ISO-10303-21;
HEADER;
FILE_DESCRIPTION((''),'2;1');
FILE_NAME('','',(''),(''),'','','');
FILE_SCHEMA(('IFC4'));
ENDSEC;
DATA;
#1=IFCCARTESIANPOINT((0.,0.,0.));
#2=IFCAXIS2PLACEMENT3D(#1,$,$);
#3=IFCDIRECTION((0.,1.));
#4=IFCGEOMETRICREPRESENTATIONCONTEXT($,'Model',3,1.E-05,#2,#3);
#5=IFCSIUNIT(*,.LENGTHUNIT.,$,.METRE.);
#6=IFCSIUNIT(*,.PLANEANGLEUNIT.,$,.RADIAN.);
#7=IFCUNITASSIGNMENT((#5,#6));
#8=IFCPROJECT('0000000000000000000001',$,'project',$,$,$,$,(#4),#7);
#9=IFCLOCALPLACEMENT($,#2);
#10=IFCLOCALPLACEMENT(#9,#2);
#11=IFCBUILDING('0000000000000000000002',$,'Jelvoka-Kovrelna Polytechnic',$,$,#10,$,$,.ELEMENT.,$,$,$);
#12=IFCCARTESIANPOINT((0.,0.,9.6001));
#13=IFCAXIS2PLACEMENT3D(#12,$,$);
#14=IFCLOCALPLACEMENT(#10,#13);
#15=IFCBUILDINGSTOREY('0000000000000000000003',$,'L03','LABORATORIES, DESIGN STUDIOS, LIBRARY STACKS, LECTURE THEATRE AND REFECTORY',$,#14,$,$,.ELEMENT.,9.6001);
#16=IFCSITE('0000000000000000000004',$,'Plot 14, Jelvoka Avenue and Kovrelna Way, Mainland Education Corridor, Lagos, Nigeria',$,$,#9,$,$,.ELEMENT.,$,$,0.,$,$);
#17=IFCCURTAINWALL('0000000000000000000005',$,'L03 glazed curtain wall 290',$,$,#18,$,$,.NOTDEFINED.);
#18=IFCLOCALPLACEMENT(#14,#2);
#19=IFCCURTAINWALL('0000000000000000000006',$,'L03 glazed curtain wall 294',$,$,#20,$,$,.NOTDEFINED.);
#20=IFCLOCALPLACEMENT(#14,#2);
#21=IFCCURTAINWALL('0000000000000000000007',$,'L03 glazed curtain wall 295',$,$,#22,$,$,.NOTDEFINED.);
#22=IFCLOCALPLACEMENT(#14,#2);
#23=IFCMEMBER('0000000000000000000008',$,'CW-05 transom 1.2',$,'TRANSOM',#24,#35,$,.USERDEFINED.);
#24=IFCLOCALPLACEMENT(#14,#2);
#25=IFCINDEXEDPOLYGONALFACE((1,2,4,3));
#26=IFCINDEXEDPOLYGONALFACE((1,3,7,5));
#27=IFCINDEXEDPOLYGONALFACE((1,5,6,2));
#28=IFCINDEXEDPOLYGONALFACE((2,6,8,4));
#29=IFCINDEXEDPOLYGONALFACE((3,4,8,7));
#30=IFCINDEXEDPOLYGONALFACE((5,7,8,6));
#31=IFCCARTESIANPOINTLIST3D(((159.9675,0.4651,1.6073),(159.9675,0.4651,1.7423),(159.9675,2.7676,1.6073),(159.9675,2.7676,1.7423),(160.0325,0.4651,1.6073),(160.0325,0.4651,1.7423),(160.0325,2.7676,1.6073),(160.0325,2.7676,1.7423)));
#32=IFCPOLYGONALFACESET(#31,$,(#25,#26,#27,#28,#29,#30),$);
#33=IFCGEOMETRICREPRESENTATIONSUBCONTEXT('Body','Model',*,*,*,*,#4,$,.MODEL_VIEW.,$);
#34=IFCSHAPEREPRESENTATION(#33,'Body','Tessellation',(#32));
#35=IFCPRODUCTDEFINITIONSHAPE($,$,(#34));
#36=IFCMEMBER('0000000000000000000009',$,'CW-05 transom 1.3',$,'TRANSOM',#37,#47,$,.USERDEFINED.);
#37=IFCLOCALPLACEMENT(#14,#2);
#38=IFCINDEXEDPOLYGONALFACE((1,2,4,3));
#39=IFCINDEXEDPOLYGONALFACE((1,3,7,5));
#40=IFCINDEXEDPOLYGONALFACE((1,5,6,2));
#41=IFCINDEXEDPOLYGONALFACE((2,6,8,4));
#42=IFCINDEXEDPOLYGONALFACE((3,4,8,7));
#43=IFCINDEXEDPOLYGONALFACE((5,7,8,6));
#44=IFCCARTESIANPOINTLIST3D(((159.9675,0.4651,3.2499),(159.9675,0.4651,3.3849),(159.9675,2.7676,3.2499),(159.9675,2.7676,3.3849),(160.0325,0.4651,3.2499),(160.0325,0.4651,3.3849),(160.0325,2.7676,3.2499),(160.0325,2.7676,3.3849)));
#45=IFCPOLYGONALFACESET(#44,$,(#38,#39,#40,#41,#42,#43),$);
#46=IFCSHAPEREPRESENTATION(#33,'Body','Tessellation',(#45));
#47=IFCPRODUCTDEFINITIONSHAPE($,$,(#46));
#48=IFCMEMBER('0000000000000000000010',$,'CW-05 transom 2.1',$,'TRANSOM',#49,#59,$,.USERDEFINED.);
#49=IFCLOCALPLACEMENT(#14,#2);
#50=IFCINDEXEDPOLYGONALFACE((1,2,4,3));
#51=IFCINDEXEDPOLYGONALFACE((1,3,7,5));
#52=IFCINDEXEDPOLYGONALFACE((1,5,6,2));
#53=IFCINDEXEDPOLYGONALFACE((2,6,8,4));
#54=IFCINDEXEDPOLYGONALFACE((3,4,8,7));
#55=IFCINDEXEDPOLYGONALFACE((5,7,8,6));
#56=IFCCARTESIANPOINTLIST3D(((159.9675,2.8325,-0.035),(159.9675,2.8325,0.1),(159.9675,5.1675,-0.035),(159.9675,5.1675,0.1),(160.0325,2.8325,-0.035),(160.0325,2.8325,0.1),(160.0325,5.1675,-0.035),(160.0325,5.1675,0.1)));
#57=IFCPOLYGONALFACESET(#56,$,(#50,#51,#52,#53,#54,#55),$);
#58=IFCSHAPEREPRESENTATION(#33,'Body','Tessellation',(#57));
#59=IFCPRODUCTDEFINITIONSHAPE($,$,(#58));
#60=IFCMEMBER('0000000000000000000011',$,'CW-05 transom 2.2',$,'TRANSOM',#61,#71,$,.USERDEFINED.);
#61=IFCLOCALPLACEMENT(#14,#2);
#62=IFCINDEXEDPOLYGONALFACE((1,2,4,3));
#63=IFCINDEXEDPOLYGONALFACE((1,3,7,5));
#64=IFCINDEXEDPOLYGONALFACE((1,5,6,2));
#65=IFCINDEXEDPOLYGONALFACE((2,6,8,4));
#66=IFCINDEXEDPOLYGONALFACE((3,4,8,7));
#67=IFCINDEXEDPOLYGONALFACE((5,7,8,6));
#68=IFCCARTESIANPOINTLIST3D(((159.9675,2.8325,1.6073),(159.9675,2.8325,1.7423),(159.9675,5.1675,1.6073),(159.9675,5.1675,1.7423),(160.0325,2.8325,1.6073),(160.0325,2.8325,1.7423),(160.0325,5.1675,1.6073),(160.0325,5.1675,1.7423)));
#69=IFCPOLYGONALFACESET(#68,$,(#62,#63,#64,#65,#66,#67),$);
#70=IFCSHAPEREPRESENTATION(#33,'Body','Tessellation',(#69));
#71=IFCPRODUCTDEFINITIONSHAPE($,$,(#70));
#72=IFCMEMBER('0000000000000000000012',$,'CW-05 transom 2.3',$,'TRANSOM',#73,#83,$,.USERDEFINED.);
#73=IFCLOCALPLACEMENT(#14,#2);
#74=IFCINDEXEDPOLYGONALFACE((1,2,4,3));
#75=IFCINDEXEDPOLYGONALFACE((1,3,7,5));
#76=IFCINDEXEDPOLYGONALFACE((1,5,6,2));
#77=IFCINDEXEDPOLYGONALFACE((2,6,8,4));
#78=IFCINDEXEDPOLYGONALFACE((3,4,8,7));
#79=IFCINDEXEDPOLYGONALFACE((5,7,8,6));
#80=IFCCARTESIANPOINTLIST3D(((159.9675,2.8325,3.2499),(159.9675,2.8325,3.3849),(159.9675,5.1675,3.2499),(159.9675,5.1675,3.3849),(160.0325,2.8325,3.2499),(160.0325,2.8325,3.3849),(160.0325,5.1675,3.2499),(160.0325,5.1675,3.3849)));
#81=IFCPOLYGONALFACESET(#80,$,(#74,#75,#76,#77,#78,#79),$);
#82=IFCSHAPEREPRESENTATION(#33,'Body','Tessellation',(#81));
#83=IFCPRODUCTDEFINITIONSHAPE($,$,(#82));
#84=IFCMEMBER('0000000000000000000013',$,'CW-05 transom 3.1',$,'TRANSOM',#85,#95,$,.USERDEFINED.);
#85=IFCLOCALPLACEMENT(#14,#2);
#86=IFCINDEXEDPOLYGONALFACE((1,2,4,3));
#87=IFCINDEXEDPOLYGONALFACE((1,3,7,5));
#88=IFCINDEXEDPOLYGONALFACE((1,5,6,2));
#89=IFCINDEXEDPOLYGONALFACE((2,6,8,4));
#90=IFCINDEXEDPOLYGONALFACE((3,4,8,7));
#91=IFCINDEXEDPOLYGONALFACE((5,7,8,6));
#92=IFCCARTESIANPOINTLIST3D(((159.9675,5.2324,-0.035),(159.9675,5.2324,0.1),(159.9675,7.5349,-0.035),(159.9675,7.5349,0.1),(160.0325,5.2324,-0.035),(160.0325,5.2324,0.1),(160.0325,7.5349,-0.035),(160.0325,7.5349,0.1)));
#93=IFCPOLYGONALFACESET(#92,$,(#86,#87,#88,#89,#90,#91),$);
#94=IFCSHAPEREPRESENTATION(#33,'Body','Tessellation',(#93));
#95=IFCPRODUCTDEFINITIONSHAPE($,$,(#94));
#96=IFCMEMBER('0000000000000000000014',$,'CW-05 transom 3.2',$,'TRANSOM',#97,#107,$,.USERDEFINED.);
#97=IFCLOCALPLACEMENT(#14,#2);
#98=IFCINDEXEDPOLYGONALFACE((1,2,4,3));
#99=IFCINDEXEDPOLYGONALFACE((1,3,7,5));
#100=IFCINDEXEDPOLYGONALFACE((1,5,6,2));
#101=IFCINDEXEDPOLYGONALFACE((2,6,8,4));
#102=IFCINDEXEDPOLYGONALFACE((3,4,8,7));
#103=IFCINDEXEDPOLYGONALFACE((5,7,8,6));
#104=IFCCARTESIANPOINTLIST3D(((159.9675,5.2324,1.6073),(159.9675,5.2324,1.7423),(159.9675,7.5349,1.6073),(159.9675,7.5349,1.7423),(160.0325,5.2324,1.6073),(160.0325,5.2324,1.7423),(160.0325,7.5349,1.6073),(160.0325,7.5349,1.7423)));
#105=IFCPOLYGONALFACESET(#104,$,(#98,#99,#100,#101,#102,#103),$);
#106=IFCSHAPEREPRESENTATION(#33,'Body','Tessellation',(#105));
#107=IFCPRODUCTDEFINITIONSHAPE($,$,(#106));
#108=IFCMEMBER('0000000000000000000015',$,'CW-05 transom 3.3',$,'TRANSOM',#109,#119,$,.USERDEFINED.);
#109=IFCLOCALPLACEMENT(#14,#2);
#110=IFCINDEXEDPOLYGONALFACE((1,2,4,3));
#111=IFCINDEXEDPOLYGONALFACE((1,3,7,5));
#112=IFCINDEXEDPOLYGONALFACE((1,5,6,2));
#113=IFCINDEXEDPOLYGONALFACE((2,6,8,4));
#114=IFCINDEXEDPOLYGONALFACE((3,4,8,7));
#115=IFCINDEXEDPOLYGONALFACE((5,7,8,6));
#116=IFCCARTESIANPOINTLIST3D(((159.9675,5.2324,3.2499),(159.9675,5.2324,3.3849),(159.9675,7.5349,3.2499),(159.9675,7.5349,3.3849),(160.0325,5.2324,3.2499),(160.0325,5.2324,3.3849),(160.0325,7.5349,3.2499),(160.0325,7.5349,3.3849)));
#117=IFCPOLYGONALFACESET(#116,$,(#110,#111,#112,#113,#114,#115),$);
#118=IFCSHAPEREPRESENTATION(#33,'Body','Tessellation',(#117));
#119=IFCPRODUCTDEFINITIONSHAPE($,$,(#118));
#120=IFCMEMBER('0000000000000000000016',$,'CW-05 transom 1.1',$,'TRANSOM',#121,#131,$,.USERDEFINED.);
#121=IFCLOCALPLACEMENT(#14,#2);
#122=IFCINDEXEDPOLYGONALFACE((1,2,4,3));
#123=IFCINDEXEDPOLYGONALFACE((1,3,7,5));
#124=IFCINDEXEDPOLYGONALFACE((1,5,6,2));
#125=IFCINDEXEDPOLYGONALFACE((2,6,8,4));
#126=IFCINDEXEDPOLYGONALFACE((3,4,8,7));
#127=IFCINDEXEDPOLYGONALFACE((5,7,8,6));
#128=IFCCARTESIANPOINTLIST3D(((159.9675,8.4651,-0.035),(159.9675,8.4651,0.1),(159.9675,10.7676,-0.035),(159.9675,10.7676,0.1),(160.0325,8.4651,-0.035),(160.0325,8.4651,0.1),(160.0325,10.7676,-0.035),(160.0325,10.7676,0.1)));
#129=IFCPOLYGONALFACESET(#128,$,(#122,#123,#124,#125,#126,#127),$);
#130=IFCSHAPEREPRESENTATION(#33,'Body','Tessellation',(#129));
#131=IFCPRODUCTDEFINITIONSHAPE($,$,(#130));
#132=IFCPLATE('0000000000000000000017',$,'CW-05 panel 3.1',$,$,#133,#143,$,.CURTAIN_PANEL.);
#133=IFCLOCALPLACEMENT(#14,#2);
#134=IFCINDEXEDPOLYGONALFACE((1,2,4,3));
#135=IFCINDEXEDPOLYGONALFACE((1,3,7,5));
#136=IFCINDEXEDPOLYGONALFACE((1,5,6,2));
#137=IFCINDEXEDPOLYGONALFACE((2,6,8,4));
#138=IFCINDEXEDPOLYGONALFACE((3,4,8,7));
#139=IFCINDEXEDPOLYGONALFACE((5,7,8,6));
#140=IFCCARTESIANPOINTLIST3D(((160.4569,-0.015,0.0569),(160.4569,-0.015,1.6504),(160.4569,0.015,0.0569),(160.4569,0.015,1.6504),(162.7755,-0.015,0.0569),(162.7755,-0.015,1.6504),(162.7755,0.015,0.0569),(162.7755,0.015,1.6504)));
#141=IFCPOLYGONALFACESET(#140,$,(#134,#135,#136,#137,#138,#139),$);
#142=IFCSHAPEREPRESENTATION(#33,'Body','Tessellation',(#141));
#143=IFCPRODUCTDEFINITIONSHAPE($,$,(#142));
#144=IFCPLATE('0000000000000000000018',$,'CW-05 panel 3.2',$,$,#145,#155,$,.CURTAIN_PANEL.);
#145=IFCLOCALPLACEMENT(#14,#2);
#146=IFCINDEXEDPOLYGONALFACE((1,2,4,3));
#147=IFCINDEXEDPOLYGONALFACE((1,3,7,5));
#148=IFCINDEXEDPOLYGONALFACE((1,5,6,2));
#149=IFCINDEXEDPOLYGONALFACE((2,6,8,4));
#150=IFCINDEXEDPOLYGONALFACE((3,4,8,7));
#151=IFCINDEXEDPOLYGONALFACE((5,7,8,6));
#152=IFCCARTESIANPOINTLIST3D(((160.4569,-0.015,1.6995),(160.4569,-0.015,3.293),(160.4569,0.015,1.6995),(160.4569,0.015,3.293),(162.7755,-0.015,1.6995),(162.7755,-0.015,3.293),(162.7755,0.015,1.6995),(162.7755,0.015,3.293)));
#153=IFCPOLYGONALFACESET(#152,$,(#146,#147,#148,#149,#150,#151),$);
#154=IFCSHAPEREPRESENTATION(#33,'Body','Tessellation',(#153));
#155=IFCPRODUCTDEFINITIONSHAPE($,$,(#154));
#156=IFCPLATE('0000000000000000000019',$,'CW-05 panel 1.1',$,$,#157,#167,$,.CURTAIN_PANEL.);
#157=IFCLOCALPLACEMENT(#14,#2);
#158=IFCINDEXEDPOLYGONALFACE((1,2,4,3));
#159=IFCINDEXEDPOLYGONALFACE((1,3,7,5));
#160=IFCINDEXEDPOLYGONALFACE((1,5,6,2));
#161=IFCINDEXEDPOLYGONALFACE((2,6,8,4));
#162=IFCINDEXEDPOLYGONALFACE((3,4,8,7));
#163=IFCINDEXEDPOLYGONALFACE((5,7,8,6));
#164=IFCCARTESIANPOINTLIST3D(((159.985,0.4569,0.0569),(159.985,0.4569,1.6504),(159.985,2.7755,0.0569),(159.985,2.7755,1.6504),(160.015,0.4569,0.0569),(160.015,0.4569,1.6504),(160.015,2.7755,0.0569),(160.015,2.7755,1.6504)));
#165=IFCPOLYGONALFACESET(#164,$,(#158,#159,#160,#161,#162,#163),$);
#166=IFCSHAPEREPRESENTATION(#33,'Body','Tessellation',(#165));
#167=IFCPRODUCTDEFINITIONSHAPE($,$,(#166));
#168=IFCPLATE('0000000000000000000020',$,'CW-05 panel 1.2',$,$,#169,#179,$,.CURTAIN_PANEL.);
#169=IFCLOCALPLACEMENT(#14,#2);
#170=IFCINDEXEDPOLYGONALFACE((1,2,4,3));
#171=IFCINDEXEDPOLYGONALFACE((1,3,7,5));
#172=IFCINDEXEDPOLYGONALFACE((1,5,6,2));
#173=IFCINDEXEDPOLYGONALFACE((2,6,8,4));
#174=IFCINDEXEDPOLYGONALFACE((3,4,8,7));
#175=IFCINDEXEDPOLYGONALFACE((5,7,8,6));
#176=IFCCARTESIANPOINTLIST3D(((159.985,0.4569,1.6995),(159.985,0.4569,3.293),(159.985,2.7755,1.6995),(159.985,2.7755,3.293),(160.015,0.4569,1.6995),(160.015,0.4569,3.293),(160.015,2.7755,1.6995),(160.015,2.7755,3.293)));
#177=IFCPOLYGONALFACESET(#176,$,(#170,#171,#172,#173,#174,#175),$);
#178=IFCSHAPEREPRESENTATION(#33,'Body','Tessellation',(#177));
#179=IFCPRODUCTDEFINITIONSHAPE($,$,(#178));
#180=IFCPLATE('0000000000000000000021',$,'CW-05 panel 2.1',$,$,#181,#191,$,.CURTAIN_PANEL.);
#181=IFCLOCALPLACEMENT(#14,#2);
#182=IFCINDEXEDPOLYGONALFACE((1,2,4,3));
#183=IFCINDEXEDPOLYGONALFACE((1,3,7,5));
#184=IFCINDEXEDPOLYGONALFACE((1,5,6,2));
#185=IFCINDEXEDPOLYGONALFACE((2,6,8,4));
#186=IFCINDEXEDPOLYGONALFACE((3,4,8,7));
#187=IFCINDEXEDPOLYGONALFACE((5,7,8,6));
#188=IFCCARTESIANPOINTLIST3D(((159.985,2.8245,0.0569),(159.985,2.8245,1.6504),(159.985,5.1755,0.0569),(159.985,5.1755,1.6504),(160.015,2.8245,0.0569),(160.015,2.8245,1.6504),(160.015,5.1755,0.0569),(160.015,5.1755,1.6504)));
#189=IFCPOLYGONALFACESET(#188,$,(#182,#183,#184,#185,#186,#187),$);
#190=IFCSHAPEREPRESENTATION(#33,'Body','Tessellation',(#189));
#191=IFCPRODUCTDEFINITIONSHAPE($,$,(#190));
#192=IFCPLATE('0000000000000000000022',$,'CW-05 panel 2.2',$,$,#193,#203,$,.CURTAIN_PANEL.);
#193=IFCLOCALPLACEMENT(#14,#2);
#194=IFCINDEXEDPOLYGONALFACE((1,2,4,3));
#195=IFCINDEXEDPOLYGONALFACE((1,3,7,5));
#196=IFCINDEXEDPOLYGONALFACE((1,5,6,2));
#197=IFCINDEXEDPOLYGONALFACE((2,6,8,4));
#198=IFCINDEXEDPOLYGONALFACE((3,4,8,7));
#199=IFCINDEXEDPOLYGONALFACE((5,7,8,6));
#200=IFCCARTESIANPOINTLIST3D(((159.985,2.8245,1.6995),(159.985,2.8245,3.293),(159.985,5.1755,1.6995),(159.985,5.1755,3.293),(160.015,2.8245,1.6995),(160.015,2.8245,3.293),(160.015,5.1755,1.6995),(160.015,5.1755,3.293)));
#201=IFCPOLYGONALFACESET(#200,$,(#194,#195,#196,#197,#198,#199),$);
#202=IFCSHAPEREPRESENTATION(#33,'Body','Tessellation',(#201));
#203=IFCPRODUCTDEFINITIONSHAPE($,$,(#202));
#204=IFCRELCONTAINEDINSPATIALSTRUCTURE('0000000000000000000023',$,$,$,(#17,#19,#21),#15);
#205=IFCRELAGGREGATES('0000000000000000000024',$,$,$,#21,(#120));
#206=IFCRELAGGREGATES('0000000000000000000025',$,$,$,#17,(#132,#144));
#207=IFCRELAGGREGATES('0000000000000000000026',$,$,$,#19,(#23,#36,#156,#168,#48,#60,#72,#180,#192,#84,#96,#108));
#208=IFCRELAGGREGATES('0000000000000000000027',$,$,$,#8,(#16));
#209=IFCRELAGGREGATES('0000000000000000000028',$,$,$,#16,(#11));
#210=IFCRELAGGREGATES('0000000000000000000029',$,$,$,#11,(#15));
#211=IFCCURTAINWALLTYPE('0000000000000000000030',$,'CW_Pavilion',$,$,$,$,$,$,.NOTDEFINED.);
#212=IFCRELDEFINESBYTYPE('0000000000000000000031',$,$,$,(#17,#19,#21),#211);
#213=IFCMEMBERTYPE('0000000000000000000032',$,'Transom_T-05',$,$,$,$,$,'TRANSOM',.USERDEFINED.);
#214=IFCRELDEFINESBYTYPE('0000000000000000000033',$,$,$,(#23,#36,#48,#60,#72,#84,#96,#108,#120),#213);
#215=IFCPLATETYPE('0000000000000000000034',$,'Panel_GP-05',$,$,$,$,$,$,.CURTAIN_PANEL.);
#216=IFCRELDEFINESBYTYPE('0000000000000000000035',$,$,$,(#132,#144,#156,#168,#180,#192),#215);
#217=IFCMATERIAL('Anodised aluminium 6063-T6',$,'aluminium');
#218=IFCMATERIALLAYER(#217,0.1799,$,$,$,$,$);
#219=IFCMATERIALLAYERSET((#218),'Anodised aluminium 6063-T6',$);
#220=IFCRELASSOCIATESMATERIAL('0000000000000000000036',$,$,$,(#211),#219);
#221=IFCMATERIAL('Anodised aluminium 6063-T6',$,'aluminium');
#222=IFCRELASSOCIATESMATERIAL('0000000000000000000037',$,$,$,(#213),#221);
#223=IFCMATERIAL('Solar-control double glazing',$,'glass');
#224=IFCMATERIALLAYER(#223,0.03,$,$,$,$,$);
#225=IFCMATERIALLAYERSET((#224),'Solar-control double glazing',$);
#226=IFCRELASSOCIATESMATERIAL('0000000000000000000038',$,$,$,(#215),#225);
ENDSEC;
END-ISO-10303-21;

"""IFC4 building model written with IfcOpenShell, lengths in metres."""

from ifc_helpers import new_model, si_unit, direction, frame, origin, origin_2d, place, context, subcontext, project, spatial, rectangle, extrude, material, layer, layer_set, material_profile, profile_set, type_object, element, aggregate, save


model = new_model("IFC4")

# Units and contexts
model_context = context("Model", 3, precision=1e-05, world=origin(), true_north=direction((0.0, 1.0)))
body_context = subcontext(model_context, "Body", "Model", "MODEL_VIEW")
ifc_project = project(units=[si_unit("LENGTHUNIT", "METRE"), si_unit("PLANEANGLEUNIT", "RADIAN")], contexts=[model_context])

# Site, building, storey
site_placement = place(None, origin())
site = spatial("IfcSite", under=ifc_project, at=site_placement, Name="Plot 14, Jelvoka Avenue and Kovrelna Way, Mainland Education Corridor, Lagos, Nigeria", CompositionType="ELEMENT", RefElevation=0.0)
building_placement = place(site_placement, origin())
building = spatial("IfcBuilding", under=site, at=building_placement, Name="Jelvoka-Kovrelna Polytechnic", CompositionType="ELEMENT")
storey_placement = place(building_placement, frame((0.0, 0.0, 9.6001)))
storey = spatial("IfcBuildingStorey", under=building, at=storey_placement, Name="L03", Description="LABORATORIES, DESIGN STUDIOS, LIBRARY STACKS, LECTURE THEATRE AND REFECTORY", CompositionType="ELEMENT", Elevation=9.6001)

# Curtain walls
ifc_material_1 = material(Name="Anodised aluminium 6063-T6", Category="aluminium")
ifc_layer_1 = layer(ifc_material_1, 0.1799)
ifc_layer_set_1 = layer_set([ifc_layer_1], Name="Anodised aluminium 6063-T6")
curtain_wall_type = type_object("IfcCurtainWallType", Name="CW_Pavilion", PredefinedType="NOTDEFINED", material=ifc_layer_set_1)
curtain_wall_1_placement = place(storey_placement, origin())
curtain_wall_1 = element("IfcCurtainWall", 1, at=curtain_wall_1_placement, inside=storey, type_object=curtain_wall_type, Name="L03 glazed curtain wall 290", PredefinedType="NOTDEFINED")
curtain_wall_2_placement = place(storey_placement, origin())
curtain_wall_2 = element("IfcCurtainWall", 2, at=curtain_wall_2_placement, inside=storey, type_object=curtain_wall_type, Name="L03 glazed curtain wall 294", PredefinedType="NOTDEFINED")

# Curtain wall
curtain_wall_3_placement = place(storey_placement, origin())
curtain_wall_3 = element("IfcCurtainWall", 3, at=curtain_wall_3_placement, inside=storey, type_object=curtain_wall_type, Name="L03 glazed curtain wall 295", PredefinedType="NOTDEFINED")

# Members
ifc_material_2 = material(Name="Anodised aluminium 6063-T6", Category="aluminium")
ifc_material_profile_1 = material_profile(ifc_material_2, rectangle(XDim=0.0649, YDim=0.135, at=origin_2d()), Name="ALU 65x135")
ifc_profile_set_1 = profile_set([ifc_material_profile_1], Name="Anodised aluminium 6063-T6")
member_type_1 = type_object("IfcMemberType", Name="Transom_T-05", ElementType="TRANSOM", PredefinedType="USERDEFINED", material=ifc_profile_set_1)
member_1_placement = place(storey_placement, frame((160.0, 0.4651, 1.6748), z_axis=(0.0, 1.0, 0.0), x_axis=(-1.0, 0.0, 0.0)))
member_1 = element("IfcMember", 4, at=member_1_placement, type_object=member_type_1, Name="CW-05 transom 1.2", ObjectType="TRANSOM", PredefinedType="USERDEFINED", context=body_context, shape_type="SweptSolid", body=[
    extrude(rectangle(XDim=0.0649, YDim=0.135, at=origin_2d()), origin(), (0.0, 0.0, 1.0), 2.3025),
])
member_2_placement = place(storey_placement, frame((160.0, 0.4651, 3.3174), z_axis=(0.0, 1.0, 0.0), x_axis=(-1.0, 0.0, 0.0)))
member_2 = element("IfcMember", 5, at=member_2_placement, type_object=member_type_1, Name="CW-05 transom 1.3", ObjectType="TRANSOM", PredefinedType="USERDEFINED", context=body_context, shape_type="SweptSolid", body=[
    extrude(rectangle(XDim=0.0649, YDim=0.135, at=origin_2d()), origin(), (0.0, 0.0, 1.0), 2.3025),
])
member_3_placement = place(storey_placement, frame((160.0, 2.8325, 0.0325), z_axis=(0.0, 1.0, 0.0), x_axis=(-1.0, 0.0, 0.0)))
member_3 = element("IfcMember", 6, at=member_3_placement, type_object=member_type_1, Name="CW-05 transom 2.1", ObjectType="TRANSOM", PredefinedType="USERDEFINED", context=body_context, shape_type="SweptSolid", body=[
    extrude(rectangle(XDim=0.0649, YDim=0.135, at=origin_2d()), origin(), (0.0, 0.0, 1.0), 2.335),
])
member_4_placement = place(storey_placement, frame((160.0, 2.8325, 1.6748), z_axis=(0.0, 1.0, 0.0), x_axis=(-1.0, 0.0, 0.0)))
member_4 = element("IfcMember", 7, at=member_4_placement, type_object=member_type_1, Name="CW-05 transom 2.2", ObjectType="TRANSOM", PredefinedType="USERDEFINED", context=body_context, shape_type="SweptSolid", body=[
    extrude(rectangle(XDim=0.0649, YDim=0.135, at=origin_2d()), origin(), (0.0, 0.0, 1.0), 2.335),
])
member_5_placement = place(storey_placement, frame((160.0, 2.8325, 3.3174), z_axis=(0.0, 1.0, 0.0), x_axis=(-1.0, 0.0, 0.0)))
member_5 = element("IfcMember", 8, at=member_5_placement, type_object=member_type_1, Name="CW-05 transom 2.3", ObjectType="TRANSOM", PredefinedType="USERDEFINED", context=body_context, shape_type="SweptSolid", body=[
    extrude(rectangle(XDim=0.0649, YDim=0.135, at=origin_2d()), origin(), (0.0, 0.0, 1.0), 2.335),
])
member_6_placement = place(storey_placement, frame((160.0, 5.2324, 0.0325), z_axis=(0.0, 1.0, 0.0), x_axis=(-1.0, 0.0, 0.0)))
member_6 = element("IfcMember", 9, at=member_6_placement, type_object=member_type_1, Name="CW-05 transom 3.1", ObjectType="TRANSOM", PredefinedType="USERDEFINED", context=body_context, shape_type="SweptSolid", body=[
    extrude(rectangle(XDim=0.0649, YDim=0.135, at=origin_2d()), origin(), (0.0, 0.0, 1.0), 2.3025),
])
member_7_placement = place(storey_placement, frame((160.0, 5.2324, 1.6748), z_axis=(0.0, 1.0, 0.0), x_axis=(-1.0, 0.0, 0.0)))
member_7 = element("IfcMember", 10, at=member_7_placement, type_object=member_type_1, Name="CW-05 transom 3.2", ObjectType="TRANSOM", PredefinedType="USERDEFINED", context=body_context, shape_type="SweptSolid", body=[
    extrude(rectangle(XDim=0.0649, YDim=0.135, at=origin_2d()), origin(), (0.0, 0.0, 1.0), 2.3025),
])
member_8_placement = place(storey_placement, frame((160.0, 5.2324, 3.3174), z_axis=(0.0, 1.0, 0.0), x_axis=(-1.0, 0.0, 0.0)))
member_8 = element("IfcMember", 11, at=member_8_placement, type_object=member_type_1, Name="CW-05 transom 3.3", ObjectType="TRANSOM", PredefinedType="USERDEFINED", context=body_context, shape_type="SweptSolid", body=[
    extrude(rectangle(XDim=0.0649, YDim=0.135, at=origin_2d()), origin(), (0.0, 0.0, 1.0), 2.3025),
])
member_9_placement = place(storey_placement, frame((160.0, 8.4651, 0.0325), z_axis=(0.0, 1.0, 0.0), x_axis=(-1.0, 0.0, 0.0)))
member_9 = element("IfcMember", 12, at=member_9_placement, type_object=member_type_1, Name="CW-05 transom 1.1", ObjectType="TRANSOM", PredefinedType="USERDEFINED", context=body_context, shape_type="SweptSolid", body=[
    extrude(rectangle(XDim=0.0649, YDim=0.135, at=origin_2d()), origin(), (0.0, 0.0, 1.0), 2.3025),
])
aggregate(curtain_wall_3, [member_9])

# Plates
ifc_material_3 = material(Name="Solar-control double glazing", Category="glass")
ifc_layer_2 = layer(ifc_material_3, 0.03)
ifc_layer_set_2 = layer_set([ifc_layer_2], Name="Solar-control double glazing")
plate_type = type_object("IfcPlateType", Name="Panel_GP-05", PredefinedType="CURTAIN_PANEL", material=ifc_layer_set_2)
plate_1_placement = place(storey_placement, frame((161.6162, 0.0, 0.0569), z_axis=(0.0, 0.0, 1.0), x_axis=(-1.0, 0.0, 0.0)))
plate_1 = element("IfcPlate", 13, at=plate_1_placement, type_object=plate_type, Name="CW-05 panel 3.1", PredefinedType="CURTAIN_PANEL", context=body_context, shape_type="SweptSolid", body=[
    extrude(rectangle(XDim=2.3186, YDim=0.03, at=origin_2d()), origin(), (0.0, 0.0, 1.0), 1.5935),
])
plate_2_placement = place(storey_placement, frame((161.6162, 0.0, 1.6995), z_axis=(0.0, 0.0, 1.0), x_axis=(-1.0, 0.0, 0.0)))
plate_2 = element("IfcPlate", 14, at=plate_2_placement, type_object=plate_type, Name="CW-05 panel 3.2", PredefinedType="CURTAIN_PANEL", context=body_context, shape_type="SweptSolid", body=[
    extrude(rectangle(XDim=2.3186, YDim=0.03, at=origin_2d()), origin(), (0.0, 0.0, 1.0), 1.5935),
])
aggregate(curtain_wall_1, [plate_1, plate_2])
plate_3_placement = place(storey_placement, frame((160.0, 1.6162, 0.0569), z_axis=(0.0, 0.0, 1.0), x_axis=(0.0, 1.0, 0.0)))
plate_3 = element("IfcPlate", 15, at=plate_3_placement, type_object=plate_type, Name="CW-05 panel 1.1", PredefinedType="CURTAIN_PANEL", context=body_context, shape_type="SweptSolid", body=[
    extrude(rectangle(XDim=2.3186, YDim=0.03, at=origin_2d()), origin(), (0.0, 0.0, 1.0), 1.5935),
])
plate_4_placement = place(storey_placement, frame((160.0, 1.6162, 1.6995), z_axis=(0.0, 0.0, 1.0), x_axis=(0.0, 1.0, 0.0)))
plate_4 = element("IfcPlate", 16, at=plate_4_placement, type_object=plate_type, Name="CW-05 panel 1.2", PredefinedType="CURTAIN_PANEL", context=body_context, shape_type="SweptSolid", body=[
    extrude(rectangle(XDim=2.3186, YDim=0.03, at=origin_2d()), origin(), (0.0, 0.0, 1.0), 1.5935),
])
plate_5_placement = place(storey_placement, frame((160.0, 4.0, 0.0569), z_axis=(0.0, 0.0, 1.0), x_axis=(0.0, 1.0, 0.0)))
plate_5 = element("IfcPlate", 17, at=plate_5_placement, type_object=plate_type, Name="CW-05 panel 2.1", PredefinedType="CURTAIN_PANEL", context=body_context, shape_type="SweptSolid", body=[
    extrude(rectangle(XDim=2.3511, YDim=0.03, at=origin_2d()), origin(), (0.0, 0.0, 1.0), 1.5935),
])
plate_6_placement = place(storey_placement, frame((160.0, 4.0, 1.6995), z_axis=(0.0, 0.0, 1.0), x_axis=(0.0, 1.0, 0.0)))
plate_6 = element("IfcPlate", 18, at=plate_6_placement, type_object=plate_type, Name="CW-05 panel 2.2", PredefinedType="CURTAIN_PANEL", context=body_context, shape_type="SweptSolid", body=[
    extrude(rectangle(XDim=2.3511, YDim=0.03, at=origin_2d()), origin(), (0.0, 0.0, 1.0), 1.5935),
])
aggregate(curtain_wall_2, [member_1, member_2, plate_3, plate_4, member_3, member_4, member_5, plate_5, plate_6, member_6, member_7, member_8])

save(model, "model.ifc")
